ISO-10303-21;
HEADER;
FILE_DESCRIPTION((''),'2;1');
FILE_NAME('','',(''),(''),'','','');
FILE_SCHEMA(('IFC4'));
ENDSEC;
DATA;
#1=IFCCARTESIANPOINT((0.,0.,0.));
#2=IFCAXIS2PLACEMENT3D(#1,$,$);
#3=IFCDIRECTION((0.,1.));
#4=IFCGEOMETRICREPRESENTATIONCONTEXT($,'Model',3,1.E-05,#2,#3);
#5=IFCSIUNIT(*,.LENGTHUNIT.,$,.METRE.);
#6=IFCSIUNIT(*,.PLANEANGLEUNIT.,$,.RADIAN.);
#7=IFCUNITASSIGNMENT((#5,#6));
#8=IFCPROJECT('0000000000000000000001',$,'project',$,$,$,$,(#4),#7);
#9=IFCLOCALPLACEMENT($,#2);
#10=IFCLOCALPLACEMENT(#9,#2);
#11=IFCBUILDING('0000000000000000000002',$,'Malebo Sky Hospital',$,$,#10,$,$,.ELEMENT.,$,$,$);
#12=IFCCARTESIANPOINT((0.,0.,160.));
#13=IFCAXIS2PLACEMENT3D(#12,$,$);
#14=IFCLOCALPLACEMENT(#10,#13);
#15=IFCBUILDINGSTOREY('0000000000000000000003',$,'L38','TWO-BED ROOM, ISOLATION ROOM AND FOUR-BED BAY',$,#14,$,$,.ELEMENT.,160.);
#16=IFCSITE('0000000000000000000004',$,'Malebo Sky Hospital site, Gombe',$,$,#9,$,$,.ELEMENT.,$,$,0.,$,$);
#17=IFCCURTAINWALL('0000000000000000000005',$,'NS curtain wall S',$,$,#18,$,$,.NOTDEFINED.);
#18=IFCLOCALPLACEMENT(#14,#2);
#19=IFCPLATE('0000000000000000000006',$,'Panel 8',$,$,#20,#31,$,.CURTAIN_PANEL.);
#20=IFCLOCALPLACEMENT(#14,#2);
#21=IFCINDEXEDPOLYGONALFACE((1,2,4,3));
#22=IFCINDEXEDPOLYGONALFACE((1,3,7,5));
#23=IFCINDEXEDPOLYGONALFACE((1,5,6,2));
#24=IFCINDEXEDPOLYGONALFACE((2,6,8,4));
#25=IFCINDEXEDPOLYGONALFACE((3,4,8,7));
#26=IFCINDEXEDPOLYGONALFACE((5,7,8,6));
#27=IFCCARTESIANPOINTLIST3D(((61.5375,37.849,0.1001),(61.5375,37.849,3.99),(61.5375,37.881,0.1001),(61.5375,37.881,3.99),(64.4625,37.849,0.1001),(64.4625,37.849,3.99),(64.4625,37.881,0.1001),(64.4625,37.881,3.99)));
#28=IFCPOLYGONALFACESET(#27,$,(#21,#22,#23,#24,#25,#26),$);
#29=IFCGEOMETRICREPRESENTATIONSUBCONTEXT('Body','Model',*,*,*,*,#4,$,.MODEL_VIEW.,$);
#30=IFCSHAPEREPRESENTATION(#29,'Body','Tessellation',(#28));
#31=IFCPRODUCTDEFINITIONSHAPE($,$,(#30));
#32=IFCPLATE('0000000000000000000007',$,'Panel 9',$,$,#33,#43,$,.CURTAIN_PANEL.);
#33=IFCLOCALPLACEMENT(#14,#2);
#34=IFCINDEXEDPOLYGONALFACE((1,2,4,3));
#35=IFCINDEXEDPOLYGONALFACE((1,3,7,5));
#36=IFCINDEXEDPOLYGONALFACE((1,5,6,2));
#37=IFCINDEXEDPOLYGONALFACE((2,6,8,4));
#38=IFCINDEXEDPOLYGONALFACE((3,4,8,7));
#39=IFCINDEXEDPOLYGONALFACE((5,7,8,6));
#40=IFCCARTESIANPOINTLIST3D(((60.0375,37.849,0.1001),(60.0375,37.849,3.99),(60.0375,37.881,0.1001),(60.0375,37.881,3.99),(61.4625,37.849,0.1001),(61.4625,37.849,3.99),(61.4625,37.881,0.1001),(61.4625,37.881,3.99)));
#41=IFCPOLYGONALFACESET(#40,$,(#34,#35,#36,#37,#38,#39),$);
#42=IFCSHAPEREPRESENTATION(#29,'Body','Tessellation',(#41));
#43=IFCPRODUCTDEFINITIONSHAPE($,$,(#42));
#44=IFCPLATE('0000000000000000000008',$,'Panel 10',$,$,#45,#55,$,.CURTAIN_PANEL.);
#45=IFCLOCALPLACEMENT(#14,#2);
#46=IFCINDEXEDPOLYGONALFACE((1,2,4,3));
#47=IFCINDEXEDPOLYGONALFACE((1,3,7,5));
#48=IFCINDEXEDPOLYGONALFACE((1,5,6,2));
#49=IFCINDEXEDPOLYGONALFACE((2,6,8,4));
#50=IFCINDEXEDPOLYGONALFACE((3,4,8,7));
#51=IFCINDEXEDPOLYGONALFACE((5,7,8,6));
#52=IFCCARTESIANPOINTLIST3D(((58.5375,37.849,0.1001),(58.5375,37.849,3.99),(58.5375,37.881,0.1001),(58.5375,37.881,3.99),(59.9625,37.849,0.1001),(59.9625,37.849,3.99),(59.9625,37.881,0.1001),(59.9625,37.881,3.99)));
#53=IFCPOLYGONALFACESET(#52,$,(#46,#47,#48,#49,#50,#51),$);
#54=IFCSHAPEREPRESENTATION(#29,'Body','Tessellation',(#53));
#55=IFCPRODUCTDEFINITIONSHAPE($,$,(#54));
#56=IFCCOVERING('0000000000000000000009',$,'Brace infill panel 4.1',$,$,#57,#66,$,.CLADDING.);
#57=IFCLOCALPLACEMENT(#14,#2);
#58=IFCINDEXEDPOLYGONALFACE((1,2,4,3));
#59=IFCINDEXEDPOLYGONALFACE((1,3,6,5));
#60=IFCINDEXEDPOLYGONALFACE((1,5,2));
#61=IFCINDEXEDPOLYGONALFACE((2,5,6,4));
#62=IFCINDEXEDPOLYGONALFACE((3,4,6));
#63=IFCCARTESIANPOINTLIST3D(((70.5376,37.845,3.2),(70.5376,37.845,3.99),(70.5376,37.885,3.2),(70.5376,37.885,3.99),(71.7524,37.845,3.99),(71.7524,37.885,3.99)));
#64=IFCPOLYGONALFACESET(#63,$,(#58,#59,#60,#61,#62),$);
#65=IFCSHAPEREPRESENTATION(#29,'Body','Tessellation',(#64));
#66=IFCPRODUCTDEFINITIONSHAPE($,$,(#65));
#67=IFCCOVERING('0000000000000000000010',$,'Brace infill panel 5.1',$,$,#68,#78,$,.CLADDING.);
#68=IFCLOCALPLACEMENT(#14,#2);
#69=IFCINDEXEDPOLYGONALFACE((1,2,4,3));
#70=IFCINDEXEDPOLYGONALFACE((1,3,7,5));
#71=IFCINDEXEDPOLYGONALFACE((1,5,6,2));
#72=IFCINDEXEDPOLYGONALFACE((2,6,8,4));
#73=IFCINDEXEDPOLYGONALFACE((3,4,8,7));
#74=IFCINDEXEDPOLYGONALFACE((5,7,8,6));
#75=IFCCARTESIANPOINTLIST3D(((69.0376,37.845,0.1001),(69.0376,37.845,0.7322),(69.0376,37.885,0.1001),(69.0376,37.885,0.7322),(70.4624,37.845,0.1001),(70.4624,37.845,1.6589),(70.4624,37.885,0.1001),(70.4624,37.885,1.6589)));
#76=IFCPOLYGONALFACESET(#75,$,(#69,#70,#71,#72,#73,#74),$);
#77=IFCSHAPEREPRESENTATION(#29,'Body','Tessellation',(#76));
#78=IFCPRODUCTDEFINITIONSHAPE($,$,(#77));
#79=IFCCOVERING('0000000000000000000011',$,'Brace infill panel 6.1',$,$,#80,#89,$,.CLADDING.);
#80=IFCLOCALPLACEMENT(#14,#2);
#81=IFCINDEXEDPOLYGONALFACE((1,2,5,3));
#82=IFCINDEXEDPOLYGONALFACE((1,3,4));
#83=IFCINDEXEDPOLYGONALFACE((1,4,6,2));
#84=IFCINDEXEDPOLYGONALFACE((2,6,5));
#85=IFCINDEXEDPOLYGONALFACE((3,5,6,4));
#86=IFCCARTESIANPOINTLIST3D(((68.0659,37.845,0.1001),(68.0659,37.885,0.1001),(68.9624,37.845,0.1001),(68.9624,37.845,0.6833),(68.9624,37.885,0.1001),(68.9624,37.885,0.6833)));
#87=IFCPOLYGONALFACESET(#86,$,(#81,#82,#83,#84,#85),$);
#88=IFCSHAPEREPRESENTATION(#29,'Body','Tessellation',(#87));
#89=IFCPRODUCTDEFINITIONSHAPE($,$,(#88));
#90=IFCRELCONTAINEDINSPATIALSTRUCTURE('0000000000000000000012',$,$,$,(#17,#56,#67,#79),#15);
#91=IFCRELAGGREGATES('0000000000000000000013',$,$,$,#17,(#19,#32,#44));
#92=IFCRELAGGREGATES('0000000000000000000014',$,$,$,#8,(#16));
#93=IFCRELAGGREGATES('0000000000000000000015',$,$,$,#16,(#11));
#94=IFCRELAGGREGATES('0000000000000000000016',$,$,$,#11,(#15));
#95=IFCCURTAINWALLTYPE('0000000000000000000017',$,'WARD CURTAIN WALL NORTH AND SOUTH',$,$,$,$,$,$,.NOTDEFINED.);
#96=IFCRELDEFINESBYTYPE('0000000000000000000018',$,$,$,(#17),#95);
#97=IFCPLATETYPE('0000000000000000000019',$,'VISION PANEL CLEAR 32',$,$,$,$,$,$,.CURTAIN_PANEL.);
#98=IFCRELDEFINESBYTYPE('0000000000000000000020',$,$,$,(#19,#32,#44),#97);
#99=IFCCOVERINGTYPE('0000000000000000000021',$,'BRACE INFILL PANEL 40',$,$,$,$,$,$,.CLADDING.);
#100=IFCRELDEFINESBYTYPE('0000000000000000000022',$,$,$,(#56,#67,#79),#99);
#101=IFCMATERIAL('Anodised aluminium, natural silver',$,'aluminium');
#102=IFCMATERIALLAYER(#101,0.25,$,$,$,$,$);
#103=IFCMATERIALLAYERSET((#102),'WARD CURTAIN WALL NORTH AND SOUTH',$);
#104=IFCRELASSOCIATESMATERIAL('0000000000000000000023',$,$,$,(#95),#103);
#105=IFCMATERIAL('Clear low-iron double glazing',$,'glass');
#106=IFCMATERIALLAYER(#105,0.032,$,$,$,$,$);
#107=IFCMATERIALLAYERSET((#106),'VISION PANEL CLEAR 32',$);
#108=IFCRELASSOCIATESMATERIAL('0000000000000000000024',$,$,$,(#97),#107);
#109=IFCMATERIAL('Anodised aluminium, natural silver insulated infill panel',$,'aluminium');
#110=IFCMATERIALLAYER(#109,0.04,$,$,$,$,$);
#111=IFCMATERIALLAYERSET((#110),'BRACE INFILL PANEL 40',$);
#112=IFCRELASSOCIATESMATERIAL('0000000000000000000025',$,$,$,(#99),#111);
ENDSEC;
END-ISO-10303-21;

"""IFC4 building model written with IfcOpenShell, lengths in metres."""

from ifc_helpers import new_model, si_unit, direction, frame, origin, origin_2d, place, context, subcontext, project, spatial, polyline, rectangle, outline, extrude, material, layer, layer_set, type_object, element, aggregate, save


model = new_model("IFC4")

# Units and contexts
model_context = context("Model", 3, precision=1e-05, world=origin(), true_north=direction((0.0, 1.0)))
body_context = subcontext(model_context, "Body", "Model", "MODEL_VIEW")
ifc_project = project(units=[si_unit("LENGTHUNIT", "METRE"), si_unit("PLANEANGLEUNIT", "RADIAN")], contexts=[model_context])

# Site, building, storey
site_placement = place(None, origin())
site = spatial("IfcSite", under=ifc_project, at=site_placement, Name="Malebo Sky Hospital site, Gombe", CompositionType="ELEMENT", RefElevation=0.0)
building_placement = place(site_placement, origin())
building = spatial("IfcBuilding", under=site, at=building_placement, Name="Malebo Sky Hospital", CompositionType="ELEMENT")
storey_placement = place(building_placement, frame((0.0, 0.0, 160.0)))
storey = spatial("IfcBuildingStorey", under=building, at=storey_placement, Name="L38", Description="TWO-BED ROOM, ISOLATION ROOM AND FOUR-BED BAY", CompositionType="ELEMENT", Elevation=160.0)

# Curtain wall
ifc_material_1 = material(Name="Anodised aluminium, natural silver", Category="aluminium")
ifc_layer_1 = layer(ifc_material_1, 0.25)
ifc_layer_set_1 = layer_set([ifc_layer_1], Name="WARD CURTAIN WALL NORTH AND SOUTH")
curtain_wall_type = type_object("IfcCurtainWallType", Name="WARD CURTAIN WALL NORTH AND SOUTH", PredefinedType="NOTDEFINED", material=ifc_layer_set_1)
curtain_wall_placement = place(storey_placement, origin())
curtain_wall = element("IfcCurtainWall", 1, at=curtain_wall_placement, inside=storey, type_object=curtain_wall_type, Name="NS curtain wall S", PredefinedType="NOTDEFINED")

# Plates
ifc_material_2 = material(Name="Clear low-iron double glazing", Category="glass")
ifc_layer_2 = layer(ifc_material_2, 0.032)
ifc_layer_set_2 = layer_set([ifc_layer_2], Name="VISION PANEL CLEAR 32")
plate_type = type_object("IfcPlateType", Name="VISION PANEL CLEAR 32", PredefinedType="CURTAIN_PANEL", material=ifc_layer_set_2)
plate_1_placement = place(storey_placement, frame((63.0, 37.865, 0.1001), z_axis=(0.0, 0.0, 1.0), x_axis=(-1.0, 0.0, 0.0)))
plate_1 = element("IfcPlate", 2, at=plate_1_placement, type_object=plate_type, Name="Panel 8", PredefinedType="CURTAIN_PANEL", context=body_context, shape_type="SweptSolid", body=[
    extrude(rectangle(XDim=2.925, YDim=0.032, at=origin_2d()), origin(), (0.0, 0.0, 1.0), 3.8899),
])
plate_2_placement = place(storey_placement, frame((60.75, 37.865, 0.1001), z_axis=(0.0, 0.0, 1.0), x_axis=(-1.0, 0.0, 0.0)))
plate_2 = element("IfcPlate", 3, at=plate_2_placement, type_object=plate_type, Name="Panel 9", PredefinedType="CURTAIN_PANEL", context=body_context, shape_type="SweptSolid", body=[
    extrude(rectangle(XDim=1.425, YDim=0.032, at=origin_2d()), origin(), (0.0, 0.0, 1.0), 3.8899),
])
plate_3_placement = place(storey_placement, frame((59.25, 37.865, 0.1001), z_axis=(0.0, 0.0, 1.0), x_axis=(-1.0, 0.0, 0.0)))
plate_3 = element("IfcPlate", 4, at=plate_3_placement, type_object=plate_type, Name="Panel 10", PredefinedType="CURTAIN_PANEL", context=body_context, shape_type="SweptSolid", body=[
    extrude(rectangle(XDim=1.425, YDim=0.032, at=origin_2d()), origin(), (0.0, 0.0, 1.0), 3.8899),
])
aggregate(curtain_wall, [plate_1, plate_2, plate_3])

# Coverings
ifc_material_3 = material(Name="Anodised aluminium, natural silver insulated infill panel", Category="aluminium")
ifc_layer_3 = layer(ifc_material_3, 0.04)
ifc_layer_set_3 = layer_set([ifc_layer_3], Name="BRACE INFILL PANEL 40")
covering_type = type_object("IfcCoveringType", Name="BRACE INFILL PANEL 40", PredefinedType="CLADDING", material=ifc_layer_set_3)
covering_1_placement = place(storey_placement, frame((71.145, 37.865, 3.2), z_axis=(0.0, 0.0, 1.0), x_axis=(-1.0, 0.0, 0.0)))
element("IfcCovering", 5, at=covering_1_placement, inside=storey, type_object=covering_type, Name="Brace infill panel 4.1", PredefinedType="CLADDING", context=body_context, shape_type="SweptSolid", body=[
    extrude(outline(polyline([(0.6074, 0.0), (0.6074, 0.79), (-0.6074, 0.79), (0.6074, 0.0)])), frame((0.0, 0.02, 0.0), z_axis=(0.0, -1.0, 0.0), x_axis=(1.0, 0.0, 0.0)), (0.0, 0.0, 1.0), 0.04),
])
covering_2_placement = place(storey_placement, frame((69.75, 37.865, 0.1001), z_axis=(0.0, 0.0, 1.0), x_axis=(-1.0, 0.0, 0.0)))
element("IfcCovering", 6, at=covering_2_placement, inside=storey, type_object=covering_type, Name="Brace infill panel 5.1", PredefinedType="CLADDING", context=body_context, shape_type="SweptSolid", body=[
    extrude(outline(polyline([(-0.7124, 0.0), (0.7124, 0.0), (0.7124, 0.6321), (-0.7124, 1.5588), (-0.7124, 0.0)])), frame((0.0, 0.02, 0.0), z_axis=(0.0, -1.0, 0.0), x_axis=(1.0, 0.0, 0.0)), (0.0, 0.0, 1.0), 0.04),
])
covering_3_placement = place(storey_placement, frame((68.5142, 37.865, 0.1001), z_axis=(0.0, 0.0, 1.0), x_axis=(-1.0, 0.0, 0.0)))
element("IfcCovering", 7, at=covering_3_placement, inside=storey, type_object=covering_type, Name="Brace infill panel 6.1", PredefinedType="CLADDING", context=body_context, shape_type="SweptSolid", body=[
    extrude(outline(polyline([(-0.4482, 0.0), (0.4482, 0.0), (-0.4482, 0.5833), (-0.4482, 0.0)])), frame((0.0, 0.02, 0.0), z_axis=(0.0, -1.0, 0.0), x_axis=(1.0, 0.0, 0.0)), (0.0, 0.0, 1.0), 0.04),
])

save(model, "model.ifc")
